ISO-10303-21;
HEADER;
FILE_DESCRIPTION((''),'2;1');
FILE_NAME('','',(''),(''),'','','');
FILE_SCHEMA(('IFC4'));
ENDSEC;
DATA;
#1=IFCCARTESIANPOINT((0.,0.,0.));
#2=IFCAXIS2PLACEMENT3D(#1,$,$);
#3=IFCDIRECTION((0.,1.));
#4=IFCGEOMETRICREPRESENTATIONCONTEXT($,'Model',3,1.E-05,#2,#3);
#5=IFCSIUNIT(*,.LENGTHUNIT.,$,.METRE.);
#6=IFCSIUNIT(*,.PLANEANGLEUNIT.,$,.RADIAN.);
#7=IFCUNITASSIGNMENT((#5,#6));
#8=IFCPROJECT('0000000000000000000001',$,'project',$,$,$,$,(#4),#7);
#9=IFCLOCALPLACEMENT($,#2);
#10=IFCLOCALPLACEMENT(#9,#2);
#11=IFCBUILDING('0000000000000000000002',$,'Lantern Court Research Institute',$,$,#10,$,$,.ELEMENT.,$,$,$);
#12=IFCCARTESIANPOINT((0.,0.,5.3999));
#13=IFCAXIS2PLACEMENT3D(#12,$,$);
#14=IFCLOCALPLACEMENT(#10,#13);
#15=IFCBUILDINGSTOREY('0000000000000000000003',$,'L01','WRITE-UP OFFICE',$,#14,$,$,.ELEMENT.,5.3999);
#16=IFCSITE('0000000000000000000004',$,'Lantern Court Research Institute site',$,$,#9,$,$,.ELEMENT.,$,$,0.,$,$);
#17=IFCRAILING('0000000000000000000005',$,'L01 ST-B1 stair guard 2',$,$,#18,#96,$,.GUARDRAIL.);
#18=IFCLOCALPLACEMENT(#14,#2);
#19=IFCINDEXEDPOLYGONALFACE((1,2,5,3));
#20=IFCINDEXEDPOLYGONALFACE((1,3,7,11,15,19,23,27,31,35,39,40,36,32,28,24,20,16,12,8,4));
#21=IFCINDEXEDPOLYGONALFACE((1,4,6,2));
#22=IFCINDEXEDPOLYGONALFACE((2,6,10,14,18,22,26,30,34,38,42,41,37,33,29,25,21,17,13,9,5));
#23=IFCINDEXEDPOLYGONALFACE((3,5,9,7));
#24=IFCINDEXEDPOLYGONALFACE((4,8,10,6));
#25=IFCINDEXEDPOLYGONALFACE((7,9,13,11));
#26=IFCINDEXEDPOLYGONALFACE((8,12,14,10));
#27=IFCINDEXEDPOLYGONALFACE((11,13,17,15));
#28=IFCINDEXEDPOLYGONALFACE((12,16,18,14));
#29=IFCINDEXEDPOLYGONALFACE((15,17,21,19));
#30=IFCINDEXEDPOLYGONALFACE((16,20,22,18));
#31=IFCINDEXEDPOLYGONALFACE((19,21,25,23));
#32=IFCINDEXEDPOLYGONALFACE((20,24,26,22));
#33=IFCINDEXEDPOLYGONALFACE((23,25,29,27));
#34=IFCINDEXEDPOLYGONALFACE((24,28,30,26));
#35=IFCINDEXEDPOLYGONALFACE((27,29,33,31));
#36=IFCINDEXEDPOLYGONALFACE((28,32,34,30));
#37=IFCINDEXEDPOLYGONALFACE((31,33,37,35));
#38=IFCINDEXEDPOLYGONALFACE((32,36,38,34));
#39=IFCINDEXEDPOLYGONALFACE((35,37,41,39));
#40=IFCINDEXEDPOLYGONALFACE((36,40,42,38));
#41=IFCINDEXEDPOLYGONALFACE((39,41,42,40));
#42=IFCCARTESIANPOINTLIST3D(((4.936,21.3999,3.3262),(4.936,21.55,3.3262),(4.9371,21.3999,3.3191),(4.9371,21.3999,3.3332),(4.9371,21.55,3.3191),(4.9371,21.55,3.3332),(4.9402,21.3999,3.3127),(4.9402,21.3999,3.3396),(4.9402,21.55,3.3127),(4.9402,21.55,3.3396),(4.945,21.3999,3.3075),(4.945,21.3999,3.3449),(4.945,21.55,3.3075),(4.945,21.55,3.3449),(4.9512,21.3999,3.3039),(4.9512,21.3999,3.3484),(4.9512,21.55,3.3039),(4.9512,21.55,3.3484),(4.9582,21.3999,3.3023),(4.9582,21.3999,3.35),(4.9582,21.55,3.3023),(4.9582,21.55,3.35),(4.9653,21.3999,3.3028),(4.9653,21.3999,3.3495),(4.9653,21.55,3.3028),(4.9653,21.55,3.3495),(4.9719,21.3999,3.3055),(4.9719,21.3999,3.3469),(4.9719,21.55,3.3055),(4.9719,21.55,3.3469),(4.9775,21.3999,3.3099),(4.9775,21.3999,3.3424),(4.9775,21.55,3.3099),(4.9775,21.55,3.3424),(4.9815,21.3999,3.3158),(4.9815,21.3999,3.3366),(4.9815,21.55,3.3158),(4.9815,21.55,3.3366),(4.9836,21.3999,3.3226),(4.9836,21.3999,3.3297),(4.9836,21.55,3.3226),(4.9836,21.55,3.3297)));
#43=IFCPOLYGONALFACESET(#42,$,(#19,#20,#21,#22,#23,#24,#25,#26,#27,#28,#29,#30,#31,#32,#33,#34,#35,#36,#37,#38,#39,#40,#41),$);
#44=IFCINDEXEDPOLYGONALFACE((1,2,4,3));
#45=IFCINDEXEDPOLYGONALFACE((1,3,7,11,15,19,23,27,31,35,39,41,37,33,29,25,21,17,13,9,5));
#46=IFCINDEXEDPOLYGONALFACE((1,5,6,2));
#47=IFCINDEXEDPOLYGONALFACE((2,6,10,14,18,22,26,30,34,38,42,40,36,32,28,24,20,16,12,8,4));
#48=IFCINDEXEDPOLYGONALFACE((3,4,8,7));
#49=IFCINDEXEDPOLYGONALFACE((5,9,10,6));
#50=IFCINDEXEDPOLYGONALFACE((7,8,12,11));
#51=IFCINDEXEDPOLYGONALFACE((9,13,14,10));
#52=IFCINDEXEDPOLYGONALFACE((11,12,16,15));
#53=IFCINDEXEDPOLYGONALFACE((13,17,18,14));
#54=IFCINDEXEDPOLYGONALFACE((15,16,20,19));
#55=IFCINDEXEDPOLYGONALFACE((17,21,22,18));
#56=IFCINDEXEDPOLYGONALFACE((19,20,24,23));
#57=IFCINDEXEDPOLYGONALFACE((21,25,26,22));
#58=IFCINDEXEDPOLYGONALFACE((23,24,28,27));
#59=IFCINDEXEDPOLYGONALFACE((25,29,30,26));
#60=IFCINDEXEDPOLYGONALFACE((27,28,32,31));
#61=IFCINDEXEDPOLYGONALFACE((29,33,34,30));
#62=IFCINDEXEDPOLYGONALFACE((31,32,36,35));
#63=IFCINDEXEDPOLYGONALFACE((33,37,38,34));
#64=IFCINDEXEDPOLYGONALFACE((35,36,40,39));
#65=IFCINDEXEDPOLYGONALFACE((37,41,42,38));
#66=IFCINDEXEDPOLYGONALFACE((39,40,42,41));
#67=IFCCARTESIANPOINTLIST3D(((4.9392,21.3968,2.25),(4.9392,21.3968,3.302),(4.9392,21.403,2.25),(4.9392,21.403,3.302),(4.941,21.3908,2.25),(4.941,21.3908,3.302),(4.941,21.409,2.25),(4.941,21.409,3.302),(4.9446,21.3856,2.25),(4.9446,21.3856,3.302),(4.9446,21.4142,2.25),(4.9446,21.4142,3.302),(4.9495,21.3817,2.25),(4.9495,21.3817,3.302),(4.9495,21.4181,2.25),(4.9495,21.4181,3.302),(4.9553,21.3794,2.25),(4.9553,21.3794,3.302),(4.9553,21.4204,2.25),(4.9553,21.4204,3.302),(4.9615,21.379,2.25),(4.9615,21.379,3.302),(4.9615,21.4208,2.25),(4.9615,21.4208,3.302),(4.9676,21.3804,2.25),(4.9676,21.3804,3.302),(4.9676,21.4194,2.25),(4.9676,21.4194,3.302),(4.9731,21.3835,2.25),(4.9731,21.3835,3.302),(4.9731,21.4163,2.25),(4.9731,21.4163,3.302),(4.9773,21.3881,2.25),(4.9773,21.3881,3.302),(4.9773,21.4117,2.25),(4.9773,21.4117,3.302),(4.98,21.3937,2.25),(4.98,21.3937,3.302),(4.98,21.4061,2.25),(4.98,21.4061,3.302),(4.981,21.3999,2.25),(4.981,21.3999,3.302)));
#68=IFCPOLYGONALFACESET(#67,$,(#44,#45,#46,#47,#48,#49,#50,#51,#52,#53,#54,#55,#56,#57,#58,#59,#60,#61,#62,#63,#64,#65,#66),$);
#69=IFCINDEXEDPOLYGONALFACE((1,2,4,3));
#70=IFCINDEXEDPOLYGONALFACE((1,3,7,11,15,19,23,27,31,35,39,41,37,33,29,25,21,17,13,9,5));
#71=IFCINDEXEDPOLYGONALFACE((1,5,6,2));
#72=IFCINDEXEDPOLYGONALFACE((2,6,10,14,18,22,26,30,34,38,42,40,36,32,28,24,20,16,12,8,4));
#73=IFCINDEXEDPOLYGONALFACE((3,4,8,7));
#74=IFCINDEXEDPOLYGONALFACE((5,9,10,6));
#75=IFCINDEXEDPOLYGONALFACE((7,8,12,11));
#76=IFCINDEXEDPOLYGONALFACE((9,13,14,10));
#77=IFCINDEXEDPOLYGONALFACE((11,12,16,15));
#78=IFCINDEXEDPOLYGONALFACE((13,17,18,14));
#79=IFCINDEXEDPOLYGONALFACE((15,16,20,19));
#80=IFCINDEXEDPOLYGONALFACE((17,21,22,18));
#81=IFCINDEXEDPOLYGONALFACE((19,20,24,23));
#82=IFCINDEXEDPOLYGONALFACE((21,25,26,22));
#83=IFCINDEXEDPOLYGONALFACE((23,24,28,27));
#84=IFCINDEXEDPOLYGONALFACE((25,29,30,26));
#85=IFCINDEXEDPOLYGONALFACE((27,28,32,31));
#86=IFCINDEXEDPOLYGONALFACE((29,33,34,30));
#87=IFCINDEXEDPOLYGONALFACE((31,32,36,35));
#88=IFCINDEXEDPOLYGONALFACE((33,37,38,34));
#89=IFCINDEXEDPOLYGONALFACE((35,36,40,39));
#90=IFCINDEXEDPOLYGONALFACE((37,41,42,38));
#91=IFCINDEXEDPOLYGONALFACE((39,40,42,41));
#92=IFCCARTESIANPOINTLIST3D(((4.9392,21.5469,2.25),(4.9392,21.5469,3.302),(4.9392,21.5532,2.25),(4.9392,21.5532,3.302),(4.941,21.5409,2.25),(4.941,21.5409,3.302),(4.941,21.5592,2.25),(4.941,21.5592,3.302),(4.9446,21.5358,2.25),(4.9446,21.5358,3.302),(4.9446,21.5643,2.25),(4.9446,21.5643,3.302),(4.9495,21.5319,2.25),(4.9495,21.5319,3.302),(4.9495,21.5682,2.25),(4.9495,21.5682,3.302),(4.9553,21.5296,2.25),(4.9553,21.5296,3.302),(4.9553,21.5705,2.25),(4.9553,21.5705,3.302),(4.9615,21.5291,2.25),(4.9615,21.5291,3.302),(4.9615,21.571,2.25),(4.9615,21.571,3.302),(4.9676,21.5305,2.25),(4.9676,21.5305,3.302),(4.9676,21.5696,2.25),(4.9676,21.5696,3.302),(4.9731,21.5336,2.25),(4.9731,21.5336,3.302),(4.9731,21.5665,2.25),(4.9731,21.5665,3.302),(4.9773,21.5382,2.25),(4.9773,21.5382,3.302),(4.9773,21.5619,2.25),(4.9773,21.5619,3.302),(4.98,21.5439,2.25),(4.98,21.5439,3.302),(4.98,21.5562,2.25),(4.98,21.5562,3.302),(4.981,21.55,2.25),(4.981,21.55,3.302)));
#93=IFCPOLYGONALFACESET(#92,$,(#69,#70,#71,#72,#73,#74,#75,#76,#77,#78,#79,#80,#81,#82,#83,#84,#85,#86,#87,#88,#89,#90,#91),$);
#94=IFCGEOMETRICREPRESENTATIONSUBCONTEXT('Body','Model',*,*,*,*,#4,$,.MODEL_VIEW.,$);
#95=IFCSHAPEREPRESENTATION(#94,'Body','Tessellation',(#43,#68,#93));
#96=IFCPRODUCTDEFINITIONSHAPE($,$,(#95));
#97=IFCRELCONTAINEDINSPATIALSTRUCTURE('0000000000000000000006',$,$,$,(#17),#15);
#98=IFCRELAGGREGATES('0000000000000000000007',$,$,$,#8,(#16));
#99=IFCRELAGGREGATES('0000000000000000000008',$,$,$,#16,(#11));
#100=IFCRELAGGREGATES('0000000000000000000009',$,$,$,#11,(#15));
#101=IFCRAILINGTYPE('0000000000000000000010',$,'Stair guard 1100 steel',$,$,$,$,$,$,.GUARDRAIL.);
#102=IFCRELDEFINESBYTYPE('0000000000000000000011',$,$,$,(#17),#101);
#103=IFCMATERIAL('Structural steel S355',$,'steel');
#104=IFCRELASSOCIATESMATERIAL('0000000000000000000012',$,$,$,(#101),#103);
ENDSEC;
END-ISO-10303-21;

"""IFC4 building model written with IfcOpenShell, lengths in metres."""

from ifc_helpers import new_model, si_unit, direction, frame, origin, origin_2d, place, context, subcontext, project, spatial, circle, extrude, material, type_object, element, save


model = new_model("IFC4")

# Units and contexts
model_context = context("Model", 3, precision=1e-05, world=origin(), true_north=direction((0.0, 1.0)))
body_context = subcontext(model_context, "Body", "Model", "MODEL_VIEW")
ifc_project = project(units=[si_unit("LENGTHUNIT", "METRE"), si_unit("PLANEANGLEUNIT", "RADIAN")], contexts=[model_context])

# Site, building, storey
site_placement = place(None, origin())
site = spatial("IfcSite", under=ifc_project, at=site_placement, Name="Lantern Court Research Institute site", CompositionType="ELEMENT", RefElevation=0.0)
building_placement = place(site_placement, origin())
building = spatial("IfcBuilding", under=site, at=building_placement, Name="Lantern Court Research Institute", CompositionType="ELEMENT")
storey_placement = place(building_placement, frame((0.0, 0.0, 5.3999)))
storey = spatial("IfcBuildingStorey", under=building, at=storey_placement, Name="L01", Description="WRITE-UP OFFICE", CompositionType="ELEMENT", Elevation=5.3999)

# Railing
ifc_material_1 = material(Name="Structural steel S355", Category="steel")
railing_type_1 = type_object("IfcRailingType", Name="Stair guard 1100 steel", PredefinedType="GUARDRAIL", material=ifc_material_1)
railing_1_placement = place(storey_placement, frame((4.96, 21.3999, 2.25)))
element("IfcRailing", 1, at=railing_1_placement, inside=storey, type_object=railing_type_1, Name="L01 ST-B1 stair guard 2", PredefinedType="GUARDRAIL", context=body_context, shape_type="SweptSolid", body=[
    extrude(circle(Radius=0.0239, at=origin_2d()), frame((0.0, 0.0, 1.0762), z_axis=(0.0, 1.0, 0.0), x_axis=(-1.0, 0.0, 0.0)), (0.0, 0.0, 1.0), 0.1501),
    extrude(circle(Radius=0.021, at=origin_2d()), origin(), (0.0, 0.0, 1.0), 1.052),
    extrude(circle(Radius=0.021, at=origin_2d()), frame((0.0, 0.1501, 0.0)), (0.0, 0.0, 1.0), 1.052),
])

save(model, "model.ifc")
